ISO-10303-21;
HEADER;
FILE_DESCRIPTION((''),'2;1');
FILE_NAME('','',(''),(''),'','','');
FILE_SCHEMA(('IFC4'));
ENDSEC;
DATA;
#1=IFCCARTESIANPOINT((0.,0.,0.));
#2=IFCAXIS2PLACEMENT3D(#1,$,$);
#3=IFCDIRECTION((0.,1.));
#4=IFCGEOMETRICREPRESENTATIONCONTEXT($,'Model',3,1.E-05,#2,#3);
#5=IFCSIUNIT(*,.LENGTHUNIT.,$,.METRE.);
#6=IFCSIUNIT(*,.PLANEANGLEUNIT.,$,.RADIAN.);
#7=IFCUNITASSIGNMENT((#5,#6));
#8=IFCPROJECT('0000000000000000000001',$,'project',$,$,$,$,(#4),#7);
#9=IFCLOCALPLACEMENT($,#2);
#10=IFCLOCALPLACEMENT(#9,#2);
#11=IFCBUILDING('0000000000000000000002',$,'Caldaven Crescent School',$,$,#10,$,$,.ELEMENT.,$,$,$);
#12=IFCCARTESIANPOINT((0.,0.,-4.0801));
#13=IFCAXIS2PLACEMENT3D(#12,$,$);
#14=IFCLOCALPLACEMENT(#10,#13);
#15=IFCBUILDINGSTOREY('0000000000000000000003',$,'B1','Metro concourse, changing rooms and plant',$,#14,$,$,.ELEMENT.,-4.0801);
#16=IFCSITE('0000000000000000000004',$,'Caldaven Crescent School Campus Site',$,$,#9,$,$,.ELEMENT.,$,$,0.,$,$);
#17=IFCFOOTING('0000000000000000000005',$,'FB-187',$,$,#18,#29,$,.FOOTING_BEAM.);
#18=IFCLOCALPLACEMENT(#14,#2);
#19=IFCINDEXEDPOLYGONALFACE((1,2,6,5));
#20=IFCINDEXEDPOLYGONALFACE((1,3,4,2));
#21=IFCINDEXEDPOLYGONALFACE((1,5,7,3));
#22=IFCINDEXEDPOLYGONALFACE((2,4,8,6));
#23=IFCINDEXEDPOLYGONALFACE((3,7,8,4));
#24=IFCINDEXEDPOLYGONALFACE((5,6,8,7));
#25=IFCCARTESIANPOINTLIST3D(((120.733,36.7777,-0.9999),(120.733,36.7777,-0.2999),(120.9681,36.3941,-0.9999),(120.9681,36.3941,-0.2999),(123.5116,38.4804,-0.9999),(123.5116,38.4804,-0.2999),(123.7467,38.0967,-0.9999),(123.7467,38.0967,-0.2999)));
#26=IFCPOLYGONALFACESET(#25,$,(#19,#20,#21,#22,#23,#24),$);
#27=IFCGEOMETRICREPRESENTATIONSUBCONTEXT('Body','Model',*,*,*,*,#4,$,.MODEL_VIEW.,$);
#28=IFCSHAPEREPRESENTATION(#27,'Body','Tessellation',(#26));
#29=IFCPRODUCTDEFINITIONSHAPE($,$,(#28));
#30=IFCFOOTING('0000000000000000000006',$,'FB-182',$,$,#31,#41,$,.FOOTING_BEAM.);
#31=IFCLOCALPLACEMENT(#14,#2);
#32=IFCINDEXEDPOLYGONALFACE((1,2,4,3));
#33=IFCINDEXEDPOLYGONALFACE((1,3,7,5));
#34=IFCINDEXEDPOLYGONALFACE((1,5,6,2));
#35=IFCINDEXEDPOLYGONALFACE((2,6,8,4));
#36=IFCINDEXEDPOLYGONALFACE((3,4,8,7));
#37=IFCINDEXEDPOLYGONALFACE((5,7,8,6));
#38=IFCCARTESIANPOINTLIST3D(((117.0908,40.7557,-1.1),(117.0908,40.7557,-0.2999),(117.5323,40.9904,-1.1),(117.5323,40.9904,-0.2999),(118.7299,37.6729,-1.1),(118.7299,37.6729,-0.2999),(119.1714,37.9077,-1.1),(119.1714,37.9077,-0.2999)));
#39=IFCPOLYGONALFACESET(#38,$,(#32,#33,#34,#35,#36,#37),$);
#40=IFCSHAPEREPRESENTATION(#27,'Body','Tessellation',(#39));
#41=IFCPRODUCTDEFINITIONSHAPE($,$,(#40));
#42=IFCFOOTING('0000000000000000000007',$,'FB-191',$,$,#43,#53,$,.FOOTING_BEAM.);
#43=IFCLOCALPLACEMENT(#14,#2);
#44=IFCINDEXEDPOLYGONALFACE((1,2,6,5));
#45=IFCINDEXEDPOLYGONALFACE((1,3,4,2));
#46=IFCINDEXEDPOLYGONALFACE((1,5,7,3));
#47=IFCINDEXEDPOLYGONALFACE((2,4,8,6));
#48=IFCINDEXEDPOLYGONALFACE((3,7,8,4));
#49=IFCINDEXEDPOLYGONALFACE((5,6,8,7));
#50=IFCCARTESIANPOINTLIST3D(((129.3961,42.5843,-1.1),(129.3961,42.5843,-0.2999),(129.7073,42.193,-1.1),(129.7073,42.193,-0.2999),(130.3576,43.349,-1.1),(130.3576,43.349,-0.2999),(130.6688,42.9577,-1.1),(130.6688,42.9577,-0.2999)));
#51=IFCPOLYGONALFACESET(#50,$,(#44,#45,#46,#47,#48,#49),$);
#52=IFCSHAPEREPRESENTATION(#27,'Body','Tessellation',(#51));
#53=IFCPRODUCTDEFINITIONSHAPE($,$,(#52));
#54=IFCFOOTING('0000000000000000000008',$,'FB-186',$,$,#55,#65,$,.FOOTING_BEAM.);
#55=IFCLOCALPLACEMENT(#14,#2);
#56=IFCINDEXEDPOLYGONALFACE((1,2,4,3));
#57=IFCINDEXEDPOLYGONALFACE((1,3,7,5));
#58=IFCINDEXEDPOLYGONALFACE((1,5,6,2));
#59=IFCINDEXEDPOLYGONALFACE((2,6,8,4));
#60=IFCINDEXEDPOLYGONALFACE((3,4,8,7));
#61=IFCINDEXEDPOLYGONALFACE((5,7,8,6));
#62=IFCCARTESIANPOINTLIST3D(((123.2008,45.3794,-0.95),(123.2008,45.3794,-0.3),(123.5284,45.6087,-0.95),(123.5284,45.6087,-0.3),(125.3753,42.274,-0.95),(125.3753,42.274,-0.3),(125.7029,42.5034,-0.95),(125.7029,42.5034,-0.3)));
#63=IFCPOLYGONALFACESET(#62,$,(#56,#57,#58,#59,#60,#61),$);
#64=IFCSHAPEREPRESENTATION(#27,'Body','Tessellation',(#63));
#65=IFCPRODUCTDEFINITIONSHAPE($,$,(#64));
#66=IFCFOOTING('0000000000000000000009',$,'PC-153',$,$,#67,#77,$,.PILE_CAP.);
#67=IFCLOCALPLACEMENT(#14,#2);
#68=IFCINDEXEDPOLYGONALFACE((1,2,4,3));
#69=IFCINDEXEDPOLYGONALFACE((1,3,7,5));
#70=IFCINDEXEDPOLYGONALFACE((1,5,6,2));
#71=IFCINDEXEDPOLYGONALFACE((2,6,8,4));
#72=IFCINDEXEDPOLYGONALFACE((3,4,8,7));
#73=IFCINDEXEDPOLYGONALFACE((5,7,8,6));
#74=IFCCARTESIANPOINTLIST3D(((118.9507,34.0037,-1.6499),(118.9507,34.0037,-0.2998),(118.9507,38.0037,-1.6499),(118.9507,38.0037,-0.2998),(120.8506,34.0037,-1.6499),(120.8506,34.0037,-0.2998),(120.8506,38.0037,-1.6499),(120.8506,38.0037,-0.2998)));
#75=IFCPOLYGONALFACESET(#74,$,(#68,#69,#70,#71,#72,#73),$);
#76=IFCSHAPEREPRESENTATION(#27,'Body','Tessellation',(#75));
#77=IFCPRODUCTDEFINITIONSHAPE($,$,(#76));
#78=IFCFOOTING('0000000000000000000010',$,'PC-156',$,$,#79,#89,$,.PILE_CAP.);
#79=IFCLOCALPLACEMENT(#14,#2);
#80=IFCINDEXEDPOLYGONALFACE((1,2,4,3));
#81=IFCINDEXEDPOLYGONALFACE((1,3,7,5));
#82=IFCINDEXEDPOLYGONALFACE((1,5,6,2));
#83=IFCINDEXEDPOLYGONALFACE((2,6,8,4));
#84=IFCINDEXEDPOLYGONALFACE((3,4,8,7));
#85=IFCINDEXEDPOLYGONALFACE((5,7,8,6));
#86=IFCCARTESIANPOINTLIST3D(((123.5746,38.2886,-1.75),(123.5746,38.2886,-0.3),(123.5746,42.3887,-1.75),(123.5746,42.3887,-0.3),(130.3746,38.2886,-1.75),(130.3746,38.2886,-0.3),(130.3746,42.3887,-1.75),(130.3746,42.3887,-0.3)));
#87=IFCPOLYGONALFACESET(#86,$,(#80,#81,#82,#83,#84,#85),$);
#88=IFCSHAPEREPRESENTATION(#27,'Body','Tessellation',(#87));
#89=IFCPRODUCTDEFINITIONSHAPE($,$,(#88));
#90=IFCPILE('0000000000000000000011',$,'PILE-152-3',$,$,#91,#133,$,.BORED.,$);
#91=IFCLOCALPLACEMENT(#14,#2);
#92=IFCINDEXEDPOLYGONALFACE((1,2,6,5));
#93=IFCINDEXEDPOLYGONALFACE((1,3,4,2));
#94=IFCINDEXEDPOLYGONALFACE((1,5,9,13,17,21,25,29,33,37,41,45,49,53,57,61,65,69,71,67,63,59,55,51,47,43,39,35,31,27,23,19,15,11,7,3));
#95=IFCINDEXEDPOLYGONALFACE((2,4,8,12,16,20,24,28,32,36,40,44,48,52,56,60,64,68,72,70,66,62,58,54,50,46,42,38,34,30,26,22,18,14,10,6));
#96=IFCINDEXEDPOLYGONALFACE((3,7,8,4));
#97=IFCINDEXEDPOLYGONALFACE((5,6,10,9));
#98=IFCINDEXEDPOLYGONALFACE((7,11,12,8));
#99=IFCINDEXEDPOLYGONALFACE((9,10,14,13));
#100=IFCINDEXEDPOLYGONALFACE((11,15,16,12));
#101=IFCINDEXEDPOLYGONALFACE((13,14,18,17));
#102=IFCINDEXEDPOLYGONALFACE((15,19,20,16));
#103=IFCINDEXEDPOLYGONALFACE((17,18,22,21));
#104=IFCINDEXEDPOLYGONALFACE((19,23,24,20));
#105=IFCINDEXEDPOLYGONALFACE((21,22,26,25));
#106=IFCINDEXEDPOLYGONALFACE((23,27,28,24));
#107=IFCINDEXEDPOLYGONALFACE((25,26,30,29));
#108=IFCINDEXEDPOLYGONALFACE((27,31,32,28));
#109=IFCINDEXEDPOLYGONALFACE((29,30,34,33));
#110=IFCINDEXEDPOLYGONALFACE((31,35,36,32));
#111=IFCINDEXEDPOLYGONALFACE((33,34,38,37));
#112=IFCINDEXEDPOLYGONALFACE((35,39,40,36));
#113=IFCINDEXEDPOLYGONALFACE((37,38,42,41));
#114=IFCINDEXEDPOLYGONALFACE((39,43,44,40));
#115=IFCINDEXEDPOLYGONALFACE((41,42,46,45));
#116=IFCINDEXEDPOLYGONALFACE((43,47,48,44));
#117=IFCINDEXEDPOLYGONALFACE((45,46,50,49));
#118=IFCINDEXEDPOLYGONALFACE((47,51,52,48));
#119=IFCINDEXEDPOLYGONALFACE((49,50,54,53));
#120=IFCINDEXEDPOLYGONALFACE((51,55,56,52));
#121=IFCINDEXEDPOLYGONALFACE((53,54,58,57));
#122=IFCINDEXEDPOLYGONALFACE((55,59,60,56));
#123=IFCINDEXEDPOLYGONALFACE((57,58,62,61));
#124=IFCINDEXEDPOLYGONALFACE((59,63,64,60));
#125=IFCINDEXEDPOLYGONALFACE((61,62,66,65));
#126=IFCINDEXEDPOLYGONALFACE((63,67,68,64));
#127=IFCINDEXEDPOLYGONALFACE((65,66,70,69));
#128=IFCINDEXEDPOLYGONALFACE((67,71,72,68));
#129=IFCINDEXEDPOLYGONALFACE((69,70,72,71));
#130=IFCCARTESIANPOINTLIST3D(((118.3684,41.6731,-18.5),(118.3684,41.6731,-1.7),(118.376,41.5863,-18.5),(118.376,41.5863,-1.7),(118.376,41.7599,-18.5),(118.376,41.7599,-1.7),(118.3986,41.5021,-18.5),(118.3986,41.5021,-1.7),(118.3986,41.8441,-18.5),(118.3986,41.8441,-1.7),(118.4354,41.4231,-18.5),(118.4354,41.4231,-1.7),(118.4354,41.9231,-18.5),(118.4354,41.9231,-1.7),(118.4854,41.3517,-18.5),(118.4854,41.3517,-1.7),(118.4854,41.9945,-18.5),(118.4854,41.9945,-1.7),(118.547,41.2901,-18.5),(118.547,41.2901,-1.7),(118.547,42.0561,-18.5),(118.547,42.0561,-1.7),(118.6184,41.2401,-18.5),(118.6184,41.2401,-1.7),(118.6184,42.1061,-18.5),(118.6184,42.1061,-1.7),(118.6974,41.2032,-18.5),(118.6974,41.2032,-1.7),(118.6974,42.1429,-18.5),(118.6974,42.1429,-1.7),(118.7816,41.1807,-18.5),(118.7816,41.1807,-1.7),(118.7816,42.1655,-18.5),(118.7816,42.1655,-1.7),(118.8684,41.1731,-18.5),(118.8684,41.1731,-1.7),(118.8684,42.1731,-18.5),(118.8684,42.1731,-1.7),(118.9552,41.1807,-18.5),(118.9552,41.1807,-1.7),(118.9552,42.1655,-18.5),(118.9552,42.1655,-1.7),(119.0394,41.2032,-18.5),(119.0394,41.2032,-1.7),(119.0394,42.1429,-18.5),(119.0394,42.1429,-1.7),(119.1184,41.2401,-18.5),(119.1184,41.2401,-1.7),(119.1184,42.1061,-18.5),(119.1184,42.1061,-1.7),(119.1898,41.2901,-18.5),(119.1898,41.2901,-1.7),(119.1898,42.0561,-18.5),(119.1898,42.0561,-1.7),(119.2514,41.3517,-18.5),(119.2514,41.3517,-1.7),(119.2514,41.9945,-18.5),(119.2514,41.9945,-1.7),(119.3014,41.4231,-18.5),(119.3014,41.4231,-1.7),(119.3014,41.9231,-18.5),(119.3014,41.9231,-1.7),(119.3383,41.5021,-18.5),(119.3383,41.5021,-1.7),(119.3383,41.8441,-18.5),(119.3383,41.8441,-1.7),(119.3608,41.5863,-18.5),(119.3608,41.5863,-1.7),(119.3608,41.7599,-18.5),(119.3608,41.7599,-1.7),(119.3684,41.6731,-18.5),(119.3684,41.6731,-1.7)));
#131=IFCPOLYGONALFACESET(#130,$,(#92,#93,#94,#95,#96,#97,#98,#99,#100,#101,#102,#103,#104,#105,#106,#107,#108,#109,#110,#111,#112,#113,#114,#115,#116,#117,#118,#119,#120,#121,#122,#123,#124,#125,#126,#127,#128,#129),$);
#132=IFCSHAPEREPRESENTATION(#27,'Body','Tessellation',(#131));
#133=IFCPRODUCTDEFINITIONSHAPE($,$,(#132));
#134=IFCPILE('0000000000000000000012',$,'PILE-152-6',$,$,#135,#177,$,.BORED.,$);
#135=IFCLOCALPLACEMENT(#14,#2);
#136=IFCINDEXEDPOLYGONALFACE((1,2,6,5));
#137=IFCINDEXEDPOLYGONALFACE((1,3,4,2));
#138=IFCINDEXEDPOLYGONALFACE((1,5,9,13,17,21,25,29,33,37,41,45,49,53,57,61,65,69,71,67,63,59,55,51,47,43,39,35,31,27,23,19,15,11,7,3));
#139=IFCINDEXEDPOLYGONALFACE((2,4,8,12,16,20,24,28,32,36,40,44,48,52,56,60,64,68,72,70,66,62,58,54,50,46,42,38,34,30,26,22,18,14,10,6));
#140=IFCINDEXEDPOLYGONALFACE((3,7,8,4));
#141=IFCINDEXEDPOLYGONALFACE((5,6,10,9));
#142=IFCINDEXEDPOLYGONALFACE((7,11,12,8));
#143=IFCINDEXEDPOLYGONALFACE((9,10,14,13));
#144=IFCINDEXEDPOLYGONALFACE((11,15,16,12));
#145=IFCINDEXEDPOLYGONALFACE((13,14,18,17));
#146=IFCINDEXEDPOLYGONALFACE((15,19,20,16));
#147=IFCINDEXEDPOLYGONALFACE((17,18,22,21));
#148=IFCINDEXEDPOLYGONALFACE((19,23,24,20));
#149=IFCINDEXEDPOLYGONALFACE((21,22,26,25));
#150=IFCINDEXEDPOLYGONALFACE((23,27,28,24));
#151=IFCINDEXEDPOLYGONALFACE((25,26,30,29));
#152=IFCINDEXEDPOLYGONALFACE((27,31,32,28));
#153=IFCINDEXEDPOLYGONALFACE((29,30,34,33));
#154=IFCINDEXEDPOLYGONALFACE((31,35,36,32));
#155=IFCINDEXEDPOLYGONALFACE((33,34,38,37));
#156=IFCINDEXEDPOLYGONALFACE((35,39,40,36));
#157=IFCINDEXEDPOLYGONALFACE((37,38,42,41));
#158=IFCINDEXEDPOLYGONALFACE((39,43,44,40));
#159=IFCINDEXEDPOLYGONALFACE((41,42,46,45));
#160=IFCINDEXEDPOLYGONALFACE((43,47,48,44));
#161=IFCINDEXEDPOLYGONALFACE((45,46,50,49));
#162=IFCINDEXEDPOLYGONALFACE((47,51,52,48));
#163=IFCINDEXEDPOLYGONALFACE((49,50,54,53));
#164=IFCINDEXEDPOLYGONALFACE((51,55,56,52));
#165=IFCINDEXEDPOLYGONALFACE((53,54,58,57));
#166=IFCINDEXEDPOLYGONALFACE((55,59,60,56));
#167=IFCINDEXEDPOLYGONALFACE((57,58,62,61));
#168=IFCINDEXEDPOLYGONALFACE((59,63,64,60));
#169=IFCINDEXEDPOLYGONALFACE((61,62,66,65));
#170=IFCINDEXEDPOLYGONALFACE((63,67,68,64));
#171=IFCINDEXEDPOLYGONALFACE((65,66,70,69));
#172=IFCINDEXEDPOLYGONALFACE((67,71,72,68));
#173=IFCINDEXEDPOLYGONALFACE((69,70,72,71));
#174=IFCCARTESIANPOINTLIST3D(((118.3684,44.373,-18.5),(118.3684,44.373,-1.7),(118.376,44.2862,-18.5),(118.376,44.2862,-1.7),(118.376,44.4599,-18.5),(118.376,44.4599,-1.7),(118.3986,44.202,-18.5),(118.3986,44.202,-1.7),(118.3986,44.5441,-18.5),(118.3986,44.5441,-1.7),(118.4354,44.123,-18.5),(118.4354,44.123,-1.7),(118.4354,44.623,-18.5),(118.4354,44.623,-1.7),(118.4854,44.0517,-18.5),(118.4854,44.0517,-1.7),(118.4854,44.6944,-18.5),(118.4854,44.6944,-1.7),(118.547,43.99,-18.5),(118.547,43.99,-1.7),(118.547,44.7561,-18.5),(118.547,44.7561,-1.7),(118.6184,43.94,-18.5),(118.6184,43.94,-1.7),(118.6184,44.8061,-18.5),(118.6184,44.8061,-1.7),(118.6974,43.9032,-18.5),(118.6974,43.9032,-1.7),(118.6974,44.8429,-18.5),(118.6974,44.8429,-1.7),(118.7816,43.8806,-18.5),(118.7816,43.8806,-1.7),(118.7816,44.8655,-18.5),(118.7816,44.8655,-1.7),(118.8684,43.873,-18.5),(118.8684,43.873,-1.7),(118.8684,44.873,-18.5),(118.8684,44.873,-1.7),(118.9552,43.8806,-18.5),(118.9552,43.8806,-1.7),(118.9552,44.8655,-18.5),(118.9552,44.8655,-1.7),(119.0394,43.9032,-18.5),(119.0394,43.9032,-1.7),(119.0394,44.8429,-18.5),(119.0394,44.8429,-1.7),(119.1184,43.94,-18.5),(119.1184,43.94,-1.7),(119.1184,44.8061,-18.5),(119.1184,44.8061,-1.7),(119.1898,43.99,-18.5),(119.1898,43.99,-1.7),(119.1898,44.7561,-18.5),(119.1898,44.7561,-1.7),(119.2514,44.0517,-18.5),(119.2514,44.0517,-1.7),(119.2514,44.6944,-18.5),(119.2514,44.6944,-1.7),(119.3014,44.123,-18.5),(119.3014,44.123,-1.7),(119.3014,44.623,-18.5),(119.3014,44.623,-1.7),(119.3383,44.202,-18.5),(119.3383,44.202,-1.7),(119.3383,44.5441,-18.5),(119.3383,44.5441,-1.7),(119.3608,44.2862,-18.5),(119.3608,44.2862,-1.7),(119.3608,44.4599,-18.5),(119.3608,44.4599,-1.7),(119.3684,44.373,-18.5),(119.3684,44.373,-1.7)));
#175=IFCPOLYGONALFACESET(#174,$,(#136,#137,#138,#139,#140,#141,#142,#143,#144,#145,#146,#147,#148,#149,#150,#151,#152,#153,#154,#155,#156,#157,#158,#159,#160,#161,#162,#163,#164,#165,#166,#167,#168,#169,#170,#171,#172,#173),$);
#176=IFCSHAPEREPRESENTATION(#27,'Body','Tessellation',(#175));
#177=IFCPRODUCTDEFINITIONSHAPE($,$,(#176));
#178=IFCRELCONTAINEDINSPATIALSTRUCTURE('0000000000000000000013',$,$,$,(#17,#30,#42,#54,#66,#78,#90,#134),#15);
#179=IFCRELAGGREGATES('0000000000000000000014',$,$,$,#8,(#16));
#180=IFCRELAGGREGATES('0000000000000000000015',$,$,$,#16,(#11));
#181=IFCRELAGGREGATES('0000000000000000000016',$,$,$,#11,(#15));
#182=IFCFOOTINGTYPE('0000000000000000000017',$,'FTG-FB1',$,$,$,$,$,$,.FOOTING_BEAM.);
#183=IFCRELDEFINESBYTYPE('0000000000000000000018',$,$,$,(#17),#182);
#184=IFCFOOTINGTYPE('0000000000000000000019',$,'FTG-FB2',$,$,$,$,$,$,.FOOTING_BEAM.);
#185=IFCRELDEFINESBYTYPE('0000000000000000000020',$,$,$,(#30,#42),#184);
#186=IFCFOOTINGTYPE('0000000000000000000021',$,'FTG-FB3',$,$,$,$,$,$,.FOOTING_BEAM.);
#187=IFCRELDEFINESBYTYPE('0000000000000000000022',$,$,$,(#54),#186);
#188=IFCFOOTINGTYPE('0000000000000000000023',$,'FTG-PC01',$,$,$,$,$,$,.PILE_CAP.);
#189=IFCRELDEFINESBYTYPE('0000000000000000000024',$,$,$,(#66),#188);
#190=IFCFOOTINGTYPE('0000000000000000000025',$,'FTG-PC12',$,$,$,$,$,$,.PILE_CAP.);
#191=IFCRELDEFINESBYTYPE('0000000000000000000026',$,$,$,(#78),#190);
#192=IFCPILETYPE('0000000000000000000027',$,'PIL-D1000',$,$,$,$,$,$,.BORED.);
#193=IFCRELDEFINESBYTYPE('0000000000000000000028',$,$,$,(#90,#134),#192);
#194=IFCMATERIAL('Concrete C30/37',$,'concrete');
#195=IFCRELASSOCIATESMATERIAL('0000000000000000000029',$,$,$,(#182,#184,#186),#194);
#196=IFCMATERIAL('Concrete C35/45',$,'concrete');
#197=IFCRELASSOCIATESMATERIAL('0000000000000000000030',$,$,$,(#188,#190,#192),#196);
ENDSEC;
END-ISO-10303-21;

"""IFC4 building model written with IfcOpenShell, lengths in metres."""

from ifc_helpers import new_model, si_unit, direction, frame, origin, origin_2d, place, context, subcontext, project, spatial, rectangle, circle, extrude, material, material_profile, profile_set, type_object, element, save


model = new_model("IFC4")

# Units and contexts
model_context = context("Model", 3, precision=1e-05, world=origin(), true_north=direction((0.0, 1.0)))
body_context = subcontext(model_context, "Body", "Model", "MODEL_VIEW")
ifc_project = project(units=[si_unit("LENGTHUNIT", "METRE"), si_unit("PLANEANGLEUNIT", "RADIAN")], contexts=[model_context])

# Site, building, storey
site_placement = place(None, origin())
site = spatial("IfcSite", under=ifc_project, at=site_placement, Name="Caldaven Crescent School Campus Site", CompositionType="ELEMENT", RefElevation=0.0)
building_placement = place(site_placement, origin())
building = spatial("IfcBuilding", under=site, at=building_placement, Name="Caldaven Crescent School", CompositionType="ELEMENT")
storey_placement = place(building_placement, frame((0.0, 0.0, -4.0801)))
storey = spatial("IfcBuildingStorey", under=building, at=storey_placement, Name="B1", Description="Metro concourse, changing rooms and plant", CompositionType="ELEMENT", Elevation=-4.0801)

# Footings
ifc_material_1 = material(Name="Concrete C30/37", Category="concrete")
ifc_material_profile_1 = material_profile(ifc_material_1, rectangle(XDim=0.45, YDim=0.7, at=origin_2d()), Name="FB 450x700")
ifc_profile_set_1 = profile_set([ifc_material_profile_1], Name="Concrete C30/37")
footing_type_1 = type_object("IfcFootingType", Name="FTG-FB1", PredefinedType="FOOTING_BEAM", material=ifc_profile_set_1)
footing_1_placement = place(storey_placement, frame((123.6292, 38.2886, -0.6499), z_axis=(-0.85265, -0.522483, 0.0), x_axis=(0.522483, -0.85265, 0.0)))
element("IfcFooting", 1, at=footing_1_placement, inside=storey, type_object=footing_type_1, Name="FB-187", PredefinedType="FOOTING_BEAM", context=body_context, shape_type="SweptSolid", body=[
    extrude(rectangle(XDim=0.45, YDim=0.7, at=origin_2d()), origin(), (0.0, 0.0, 1.0), 3.2588),
])
ifc_material_profile_2 = material_profile(ifc_material_1, rectangle(XDim=0.5, YDim=0.8, at=origin_2d()), Name="FB 500x800")
ifc_profile_set_2 = profile_set([ifc_material_profile_2], Name="Concrete C30/37")
footing_type_2 = type_object("IfcFootingType", Name="FTG-FB2", PredefinedType="FOOTING_BEAM", material=ifc_profile_set_2)
footing_2_placement = place(storey_placement, frame((118.9507, 37.7903, -0.7), z_axis=(-0.469477, 0.882945, 0.0), x_axis=(-0.882945, -0.469477, 0.0)))
element("IfcFooting", 2, at=footing_2_placement, inside=storey, type_object=footing_type_2, Name="FB-182", PredefinedType="FOOTING_BEAM", context=body_context, shape_type="SweptSolid", body=[
    extrude(rectangle(XDim=0.5, YDim=0.8, at=origin_2d()), origin(), (0.0, 0.0, 1.0), 3.4915),
])
footing_3_placement = place(storey_placement, frame((130.5132, 43.1533, -0.7), z_axis=(-0.782649, -0.622463, 0.0), x_axis=(0.622463, -0.782649, 0.0)))
element("IfcFooting", 3, at=footing_3_placement, inside=storey, type_object=footing_type_2, Name="FB-191", PredefinedType="FOOTING_BEAM", context=body_context, shape_type="SweptSolid", body=[
    extrude(rectangle(XDim=0.5, YDim=0.8, at=origin_2d()), origin(), (0.0, 0.0, 1.0), 1.2285),
])
ifc_material_profile_3 = material_profile(ifc_material_1, rectangle(XDim=0.3999, YDim=0.6499, at=origin_2d()), Name="FB 400x650")
ifc_profile_set_3 = profile_set([ifc_material_profile_3], Name="Concrete C30/37")
footing_type_3 = type_object("IfcFootingType", Name="FTG-FB3", PredefinedType="FOOTING_BEAM", material=ifc_profile_set_3)
footing_4_placement = place(storey_placement, frame((125.5391, 42.3887, -0.625), z_axis=(-0.573592, 0.819141, 0.0), x_axis=(-0.819141, -0.573592, 0.0)))
element("IfcFooting", 4, at=footing_4_placement, inside=storey, type_object=footing_type_3, Name="FB-186", PredefinedType="FOOTING_BEAM", context=body_context, shape_type="SweptSolid", body=[
    extrude(rectangle(XDim=0.3999, YDim=0.6499, at=origin_2d()), origin(), (0.0, 0.0, 1.0), 3.791),
])
ifc_material_2 = material(Name="Concrete C35/45", Category="concrete")
footing_type_4 = type_object("IfcFootingType", Name="FTG-PC01", PredefinedType="PILE_CAP", material=ifc_material_2)
footing_5_placement = place(storey_placement, frame((119.9006, 36.0037, -1.6499), z_axis=(0.0, 0.0, 1.0), x_axis=(0.0, 1.0, 0.0)))
element("IfcFooting", 5, at=footing_5_placement, inside=storey, type_object=footing_type_4, Name="PC-153", PredefinedType="PILE_CAP", context=body_context, shape_type="SweptSolid", body=[
    extrude(rectangle(XDim=4.0, YDim=1.8999, at=origin_2d()), origin(), (0.0, 0.0, 1.0), 1.3501),
])
footing_type_5 = type_object("IfcFootingType", Name="FTG-PC12", PredefinedType="PILE_CAP", material=ifc_material_2)
footing_6_placement = place(storey_placement, frame((126.9746, 40.3386, -1.75), z_axis=(0.0, 0.0, 1.0), x_axis=(1.0, 0.0, 0.0)))
element("IfcFooting", 6, at=footing_6_placement, inside=storey, type_object=footing_type_5, Name="PC-156", PredefinedType="PILE_CAP", context=body_context, shape_type="SweptSolid", body=[
    extrude(rectangle(XDim=6.8, YDim=4.1001, at=origin_2d()), origin(), (0.0, 0.0, 1.0), 1.45),
])

# Piles
ifc_material_profile_4 = material_profile(ifc_material_2, circle(Radius=0.5, at=origin_2d()), Name="PILE D1000")
ifc_profile_set_4 = profile_set([ifc_material_profile_4], Name="Concrete C35/45")
pile_type = type_object("IfcPileType", Name="PIL-D1000", PredefinedType="BORED", material=ifc_profile_set_4)
for number, where, z_axis, x_axis, name in (
    (7, (118.8684, 41.6731, -1.7), (0.0, 0.0, -1.0), (1.0, 0.0, 0.0), "PILE-152-3"),
    (8, (118.8684, 44.373, -1.7), (0.0, 0.0, -1.0), (1.0, 0.0, 0.0), "PILE-152-6"),
):
    element("IfcPile", number, at=place(storey_placement, frame(where, z_axis=z_axis, x_axis=x_axis)), inside=storey, type_object=pile_type, Name=name, PredefinedType="BORED", context=body_context, shape_type="SweptSolid", body=[
        extrude(circle(Radius=0.5, at=origin_2d()), origin(), (0.0, 0.0, 1.0), 16.8),
    ])

save(model, "model.ifc")
